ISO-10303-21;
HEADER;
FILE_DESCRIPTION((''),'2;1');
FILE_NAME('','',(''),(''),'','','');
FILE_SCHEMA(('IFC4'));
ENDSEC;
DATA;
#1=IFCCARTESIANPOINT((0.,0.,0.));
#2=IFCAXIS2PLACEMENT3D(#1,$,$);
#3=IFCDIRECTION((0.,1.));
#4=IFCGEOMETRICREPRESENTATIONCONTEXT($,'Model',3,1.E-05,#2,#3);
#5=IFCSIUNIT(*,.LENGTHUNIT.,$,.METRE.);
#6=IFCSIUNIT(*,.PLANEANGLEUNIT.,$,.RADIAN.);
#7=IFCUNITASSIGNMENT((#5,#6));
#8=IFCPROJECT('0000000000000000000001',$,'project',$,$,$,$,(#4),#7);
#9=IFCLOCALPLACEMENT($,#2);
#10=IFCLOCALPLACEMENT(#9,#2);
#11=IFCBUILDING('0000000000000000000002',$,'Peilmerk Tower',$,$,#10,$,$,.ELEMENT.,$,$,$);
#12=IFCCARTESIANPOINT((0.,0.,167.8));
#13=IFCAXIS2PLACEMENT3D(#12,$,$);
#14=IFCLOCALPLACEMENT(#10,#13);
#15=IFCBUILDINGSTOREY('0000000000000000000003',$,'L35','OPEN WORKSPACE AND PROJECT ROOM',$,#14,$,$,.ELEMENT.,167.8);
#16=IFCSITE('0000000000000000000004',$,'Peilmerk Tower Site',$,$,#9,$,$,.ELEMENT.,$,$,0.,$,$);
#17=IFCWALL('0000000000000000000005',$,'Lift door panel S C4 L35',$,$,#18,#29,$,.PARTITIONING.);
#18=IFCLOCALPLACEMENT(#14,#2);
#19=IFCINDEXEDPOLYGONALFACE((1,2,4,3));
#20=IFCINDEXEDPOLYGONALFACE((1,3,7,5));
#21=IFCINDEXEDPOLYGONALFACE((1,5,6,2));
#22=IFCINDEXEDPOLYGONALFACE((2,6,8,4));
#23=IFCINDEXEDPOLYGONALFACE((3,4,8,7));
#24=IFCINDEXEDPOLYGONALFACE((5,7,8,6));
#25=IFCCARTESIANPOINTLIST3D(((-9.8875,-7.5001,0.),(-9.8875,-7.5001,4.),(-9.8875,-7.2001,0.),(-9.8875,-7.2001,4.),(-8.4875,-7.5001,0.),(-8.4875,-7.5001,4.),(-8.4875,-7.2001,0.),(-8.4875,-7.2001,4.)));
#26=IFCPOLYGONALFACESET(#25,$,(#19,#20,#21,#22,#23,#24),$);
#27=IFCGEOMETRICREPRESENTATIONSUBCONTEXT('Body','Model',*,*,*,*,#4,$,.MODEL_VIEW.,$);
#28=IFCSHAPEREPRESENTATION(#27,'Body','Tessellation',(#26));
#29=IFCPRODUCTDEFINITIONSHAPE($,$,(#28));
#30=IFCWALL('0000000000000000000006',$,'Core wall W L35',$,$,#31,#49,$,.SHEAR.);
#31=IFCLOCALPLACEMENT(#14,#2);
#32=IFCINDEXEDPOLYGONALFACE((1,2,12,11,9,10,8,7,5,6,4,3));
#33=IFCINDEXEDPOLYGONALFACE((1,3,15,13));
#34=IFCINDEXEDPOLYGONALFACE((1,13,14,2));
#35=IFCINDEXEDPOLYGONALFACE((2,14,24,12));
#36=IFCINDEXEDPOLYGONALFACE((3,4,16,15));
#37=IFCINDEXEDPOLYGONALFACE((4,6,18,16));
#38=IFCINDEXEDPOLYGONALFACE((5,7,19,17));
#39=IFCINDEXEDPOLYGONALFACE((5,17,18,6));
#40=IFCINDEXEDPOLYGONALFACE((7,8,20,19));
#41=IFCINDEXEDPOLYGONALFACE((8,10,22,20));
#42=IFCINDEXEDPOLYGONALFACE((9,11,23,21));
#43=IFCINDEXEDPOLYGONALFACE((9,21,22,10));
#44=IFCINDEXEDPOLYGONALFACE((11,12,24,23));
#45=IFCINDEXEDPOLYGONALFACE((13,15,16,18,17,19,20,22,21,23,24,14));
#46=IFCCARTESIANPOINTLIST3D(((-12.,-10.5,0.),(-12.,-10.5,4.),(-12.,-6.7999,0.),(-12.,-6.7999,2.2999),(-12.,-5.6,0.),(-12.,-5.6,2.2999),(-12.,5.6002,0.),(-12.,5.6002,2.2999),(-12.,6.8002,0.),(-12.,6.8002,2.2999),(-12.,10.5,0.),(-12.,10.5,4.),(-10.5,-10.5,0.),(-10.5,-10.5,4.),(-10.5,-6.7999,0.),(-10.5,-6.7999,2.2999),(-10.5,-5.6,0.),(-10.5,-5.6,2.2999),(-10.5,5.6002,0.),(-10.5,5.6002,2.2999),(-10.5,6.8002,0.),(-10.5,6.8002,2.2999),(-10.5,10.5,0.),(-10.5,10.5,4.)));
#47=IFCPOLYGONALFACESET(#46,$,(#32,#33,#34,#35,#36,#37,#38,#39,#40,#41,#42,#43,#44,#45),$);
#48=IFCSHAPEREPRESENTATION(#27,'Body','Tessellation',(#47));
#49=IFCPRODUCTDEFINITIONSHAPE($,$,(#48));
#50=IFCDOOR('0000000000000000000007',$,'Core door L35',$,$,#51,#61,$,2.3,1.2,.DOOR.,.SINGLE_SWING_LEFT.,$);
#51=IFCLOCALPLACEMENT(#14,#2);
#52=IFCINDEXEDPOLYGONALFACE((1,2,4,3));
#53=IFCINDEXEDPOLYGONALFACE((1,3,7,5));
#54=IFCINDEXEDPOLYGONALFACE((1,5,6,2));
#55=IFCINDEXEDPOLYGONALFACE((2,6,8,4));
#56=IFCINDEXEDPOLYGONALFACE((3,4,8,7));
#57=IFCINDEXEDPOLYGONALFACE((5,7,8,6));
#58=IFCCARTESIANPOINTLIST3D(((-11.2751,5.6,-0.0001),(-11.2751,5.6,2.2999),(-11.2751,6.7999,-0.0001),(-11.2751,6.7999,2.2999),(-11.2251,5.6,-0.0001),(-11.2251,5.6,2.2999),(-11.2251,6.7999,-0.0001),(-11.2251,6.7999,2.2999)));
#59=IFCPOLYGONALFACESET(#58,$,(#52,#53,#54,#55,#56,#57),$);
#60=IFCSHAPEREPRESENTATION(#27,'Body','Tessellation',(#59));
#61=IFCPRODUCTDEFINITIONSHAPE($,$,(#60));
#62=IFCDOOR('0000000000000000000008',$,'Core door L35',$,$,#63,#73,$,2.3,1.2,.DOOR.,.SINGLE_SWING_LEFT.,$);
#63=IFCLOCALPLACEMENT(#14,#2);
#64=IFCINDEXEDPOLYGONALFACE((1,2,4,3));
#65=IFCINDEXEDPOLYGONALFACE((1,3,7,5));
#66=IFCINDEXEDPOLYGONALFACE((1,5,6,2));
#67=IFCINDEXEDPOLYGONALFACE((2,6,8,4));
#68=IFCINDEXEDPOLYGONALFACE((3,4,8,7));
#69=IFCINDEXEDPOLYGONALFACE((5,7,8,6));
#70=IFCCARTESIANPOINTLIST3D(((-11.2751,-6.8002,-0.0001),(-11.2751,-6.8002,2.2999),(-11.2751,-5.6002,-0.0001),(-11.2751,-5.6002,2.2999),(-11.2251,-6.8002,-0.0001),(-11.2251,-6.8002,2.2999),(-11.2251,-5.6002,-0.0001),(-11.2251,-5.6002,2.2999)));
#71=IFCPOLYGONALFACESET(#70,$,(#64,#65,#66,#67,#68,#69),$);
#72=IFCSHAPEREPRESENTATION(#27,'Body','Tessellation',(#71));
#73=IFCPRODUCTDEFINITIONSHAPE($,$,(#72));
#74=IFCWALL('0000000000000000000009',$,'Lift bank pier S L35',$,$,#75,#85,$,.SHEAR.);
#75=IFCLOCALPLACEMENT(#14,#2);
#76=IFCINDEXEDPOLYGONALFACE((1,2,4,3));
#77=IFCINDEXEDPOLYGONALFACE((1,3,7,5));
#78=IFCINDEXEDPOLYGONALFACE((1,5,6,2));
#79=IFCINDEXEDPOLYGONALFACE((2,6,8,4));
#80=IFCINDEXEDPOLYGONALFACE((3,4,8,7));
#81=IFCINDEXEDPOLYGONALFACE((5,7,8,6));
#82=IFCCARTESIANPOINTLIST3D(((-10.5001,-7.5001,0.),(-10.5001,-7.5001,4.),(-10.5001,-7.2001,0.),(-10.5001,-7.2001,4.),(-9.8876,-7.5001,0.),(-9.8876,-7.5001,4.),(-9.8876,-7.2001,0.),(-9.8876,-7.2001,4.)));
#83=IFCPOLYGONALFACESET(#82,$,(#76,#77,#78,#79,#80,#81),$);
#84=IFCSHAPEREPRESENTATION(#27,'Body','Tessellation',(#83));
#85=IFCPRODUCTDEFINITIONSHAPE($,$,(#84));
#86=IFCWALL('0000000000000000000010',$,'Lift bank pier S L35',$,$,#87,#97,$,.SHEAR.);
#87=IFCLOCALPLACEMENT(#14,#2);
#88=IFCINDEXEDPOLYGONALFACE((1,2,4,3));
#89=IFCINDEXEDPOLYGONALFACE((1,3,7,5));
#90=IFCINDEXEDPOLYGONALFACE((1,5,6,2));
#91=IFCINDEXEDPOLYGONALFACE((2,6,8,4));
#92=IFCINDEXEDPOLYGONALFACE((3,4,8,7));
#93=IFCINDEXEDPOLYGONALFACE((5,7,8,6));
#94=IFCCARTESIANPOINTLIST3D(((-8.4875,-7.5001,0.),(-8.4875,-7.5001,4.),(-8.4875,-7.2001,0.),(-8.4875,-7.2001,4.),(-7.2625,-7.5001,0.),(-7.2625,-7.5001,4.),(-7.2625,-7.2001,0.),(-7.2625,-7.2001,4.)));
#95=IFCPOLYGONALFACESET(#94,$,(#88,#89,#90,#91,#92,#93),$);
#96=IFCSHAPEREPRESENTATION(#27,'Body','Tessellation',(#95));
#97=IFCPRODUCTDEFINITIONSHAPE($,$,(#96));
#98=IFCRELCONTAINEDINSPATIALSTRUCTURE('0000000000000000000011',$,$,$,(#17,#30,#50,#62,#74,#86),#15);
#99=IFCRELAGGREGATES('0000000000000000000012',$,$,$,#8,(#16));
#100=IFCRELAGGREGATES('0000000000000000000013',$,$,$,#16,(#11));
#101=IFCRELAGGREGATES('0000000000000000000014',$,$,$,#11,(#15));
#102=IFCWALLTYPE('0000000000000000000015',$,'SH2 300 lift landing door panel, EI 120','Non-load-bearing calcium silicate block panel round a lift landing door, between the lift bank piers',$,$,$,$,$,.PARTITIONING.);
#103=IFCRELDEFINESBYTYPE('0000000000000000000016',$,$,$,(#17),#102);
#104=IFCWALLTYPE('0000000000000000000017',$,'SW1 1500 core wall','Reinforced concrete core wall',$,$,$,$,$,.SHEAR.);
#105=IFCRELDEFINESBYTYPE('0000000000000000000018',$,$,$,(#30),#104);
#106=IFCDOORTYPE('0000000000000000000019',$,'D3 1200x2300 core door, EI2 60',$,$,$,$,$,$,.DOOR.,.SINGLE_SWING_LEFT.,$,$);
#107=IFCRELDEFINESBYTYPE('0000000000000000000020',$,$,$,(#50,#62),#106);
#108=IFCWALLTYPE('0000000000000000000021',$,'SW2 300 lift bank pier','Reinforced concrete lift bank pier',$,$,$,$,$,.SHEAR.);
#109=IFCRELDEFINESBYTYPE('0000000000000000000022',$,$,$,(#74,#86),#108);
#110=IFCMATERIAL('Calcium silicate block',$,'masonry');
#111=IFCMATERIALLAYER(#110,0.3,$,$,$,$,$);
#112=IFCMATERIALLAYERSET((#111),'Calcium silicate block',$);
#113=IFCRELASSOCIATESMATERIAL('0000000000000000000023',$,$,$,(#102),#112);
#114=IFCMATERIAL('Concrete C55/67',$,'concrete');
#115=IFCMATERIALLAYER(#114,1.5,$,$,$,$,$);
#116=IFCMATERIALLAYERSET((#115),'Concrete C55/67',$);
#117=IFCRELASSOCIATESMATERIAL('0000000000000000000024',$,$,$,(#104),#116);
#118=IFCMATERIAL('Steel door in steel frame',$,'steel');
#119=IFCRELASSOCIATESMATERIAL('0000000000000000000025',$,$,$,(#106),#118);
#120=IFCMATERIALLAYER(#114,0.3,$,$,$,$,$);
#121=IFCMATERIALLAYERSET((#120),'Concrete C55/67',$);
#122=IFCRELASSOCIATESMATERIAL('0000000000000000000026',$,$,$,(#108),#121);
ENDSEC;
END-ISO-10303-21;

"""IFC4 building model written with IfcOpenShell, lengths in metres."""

from ifc_helpers import new_model, si_unit, direction, frame, frame_2d, origin, place, context, subcontext, project, spatial, rectangle, extrude, material, layer, layer_set, type_object, element, fill, save


model = new_model("IFC4")

# Units and contexts
model_context = context("Model", 3, precision=1e-05, world=origin(), true_north=direction((0.0, 1.0)))
body_context = subcontext(model_context, "Body", "Model", "MODEL_VIEW")
ifc_project = project(units=[si_unit("LENGTHUNIT", "METRE"), si_unit("PLANEANGLEUNIT", "RADIAN")], contexts=[model_context])

# Site, building, storey
site_placement = place(None, origin())
site = spatial("IfcSite", under=ifc_project, at=site_placement, Name="Peilmerk Tower Site", CompositionType="ELEMENT", RefElevation=0.0)
building_placement = place(site_placement, origin())
building = spatial("IfcBuilding", under=site, at=building_placement, Name="Peilmerk Tower", CompositionType="ELEMENT")
storey_placement = place(building_placement, frame((0.0, 0.0, 167.8)))
storey = spatial("IfcBuildingStorey", under=building, at=storey_placement, Name="L35", Description="OPEN WORKSPACE AND PROJECT ROOM", CompositionType="ELEMENT", Elevation=167.8)

# Shared definitions
ifc_material_1 = material(Name="Calcium silicate block", Category="masonry")

# Wall
ifc_layer_1 = layer(ifc_material_1, 0.3)
ifc_layer_set_1 = layer_set([ifc_layer_1], Name="Calcium silicate block")
wall_type_1 = type_object("IfcWallType", Name="SH2 300 lift landing door panel, EI 120", Description="Non-load-bearing calcium silicate block panel round a lift landing door, between the lift bank piers", PredefinedType="PARTITIONING", material=ifc_layer_set_1)
wall_1_placement = place(storey_placement, frame((-9.8875, -7.3501, 0.0), z_axis=(0.0, 0.0, 1.0), x_axis=(1.0, 0.0, 0.0)))
element("IfcWall", 1, at=wall_1_placement, inside=storey, type_object=wall_type_1, Name="Lift door panel S C4 L35", PredefinedType="PARTITIONING", context=body_context, shape_type="SweptSolid", body=[
    extrude(rectangle(XDim=1.3999, YDim=0.3, at=frame_2d((0.7, 0.0))), origin(), (0.0, 0.0, 1.0), 4.0),
])

# Wall, openings, doors
ifc_material_2 = material(Name="Concrete C55/67", Category="concrete")
ifc_layer_2 = layer(ifc_material_2, 1.5)
ifc_layer_set_2 = layer_set([ifc_layer_2], Name="Concrete C55/67")
wall_type_2 = type_object("IfcWallType", Name="SW1 1500 core wall", Description="Reinforced concrete core wall", PredefinedType="SHEAR", material=ifc_layer_set_2)
wall_2_placement = place(storey_placement, frame((-11.25, -10.5, 0.0), z_axis=(0.0, 0.0, 1.0), x_axis=(0.0, 1.0, 0.0)))
wall_2 = element("IfcWall", 2, at=wall_2_placement, inside=storey, type_object=wall_type_2, Name="Core wall W L35", PredefinedType="SHEAR", context=body_context, shape_type="SweptSolid", body=[
    extrude(rectangle(XDim=21.0, YDim=1.5, at=frame_2d((10.5, 0.0))), origin(), (0.0, 0.0, 1.0), 4.0),
])
opening_1_placement = place(wall_2_placement, frame((16.1001, 0.0, 0.0)))
opening_1 = element("IfcOpeningElement", 3, at=opening_1_placement, cuts=wall_2, PredefinedType="OPENING", context=body_context, shape_type="SweptSolid", body=[
    extrude(rectangle(XDim=1.2, YDim=2.3, at=frame_2d((0.6001, 1.1499))), frame((0.0, 0.76, 0.0), z_axis=(0.0, -1.0, 0.0), x_axis=(1.0, 0.0, 0.0)), (0.0, 0.0, 1.0), 1.52),
])
opening_2_placement = place(wall_2_placement, frame((3.7, 0.0, 0.0)))
opening_2 = element("IfcOpeningElement", 4, at=opening_2_placement, cuts=wall_2, PredefinedType="OPENING", context=body_context, shape_type="SweptSolid", body=[
    extrude(rectangle(XDim=1.2, YDim=2.3, at=frame_2d((0.6001, 1.1499))), frame((0.0, 0.76, 0.0), z_axis=(0.0, -1.0, 0.0), x_axis=(1.0, 0.0, 0.0)), (0.0, 0.0, 1.0), 1.52),
])
ifc_material_3 = material(Name="Steel door in steel frame", Category="steel")
door_type_1 = type_object("IfcDoorType", Name="D3 1200x2300 core door, EI2 60", OperationType="SINGLE_SWING_LEFT", PredefinedType="DOOR", material=ifc_material_3)
door_1_placement = place(opening_1_placement, frame((1.2, 0.0, 0.0), z_axis=(0.0, 0.0, 1.0), x_axis=(-1.0, 0.0, 0.0)))
door_1 = element("IfcDoor", 5, at=door_1_placement, inside=storey, type_object=door_type_1, Name="Core door L35", OperationType="SINGLE_SWING_LEFT", OverallHeight=2.3, OverallWidth=1.2, PredefinedType="DOOR", context=body_context, shape_type="SweptSolid", body=[
    extrude(rectangle(XDim=1.2, YDim=2.3, at=frame_2d((0.6001, 1.1499))), frame((0.0, 0.0249, 0.0), z_axis=(0.0, -1.0, 0.0), x_axis=(1.0, 0.0, 0.0)), (0.0, 0.0, 1.0), 0.05),
])
fill(opening_1, door_1)
door_2_placement = place(opening_2_placement, frame((1.2, 0.0, 0.0), z_axis=(0.0, 0.0, 1.0), x_axis=(-1.0, 0.0, 0.0)))
door_2 = element("IfcDoor", 6, at=door_2_placement, inside=storey, type_object=door_type_1, Name="Core door L35", OperationType="SINGLE_SWING_LEFT", OverallHeight=2.3, OverallWidth=1.2, PredefinedType="DOOR", context=body_context, shape_type="SweptSolid", body=[
    extrude(rectangle(XDim=1.2, YDim=2.3, at=frame_2d((0.6001, 1.1499))), frame((0.0, 0.0249, 0.0), z_axis=(0.0, -1.0, 0.0), x_axis=(1.0, 0.0, 0.0)), (0.0, 0.0, 1.0), 0.05),
])
fill(opening_2, door_2)

# Walls
ifc_layer_3 = layer(ifc_material_2, 0.3)
ifc_layer_set_3 = layer_set([ifc_layer_3], Name="Concrete C55/67")
wall_type_3 = type_object("IfcWallType", Name="SW2 300 lift bank pier", Description="Reinforced concrete lift bank pier", PredefinedType="SHEAR", material=ifc_layer_set_3)
wall_3_placement = place(storey_placement, frame((-10.5, -7.3501, 0.0), z_axis=(0.0, 0.0, 1.0), x_axis=(1.0, 0.0, 0.0)))
element("IfcWall", 7, at=wall_3_placement, inside=storey, type_object=wall_type_3, Name="Lift bank pier S L35", PredefinedType="SHEAR", context=body_context, shape_type="SweptSolid", body=[
    extrude(rectangle(XDim=0.6125, YDim=0.3, at=frame_2d((0.3062, 0.0))), origin(), (0.0, 0.0, 1.0), 4.0),
])
wall_4_placement = place(storey_placement, frame((-8.4875, -7.3501, 0.0), z_axis=(0.0, 0.0, 1.0), x_axis=(1.0, 0.0, 0.0)))
element("IfcWall", 8, at=wall_4_placement, inside=storey, type_object=wall_type_3, Name="Lift bank pier S L35", PredefinedType="SHEAR", context=body_context, shape_type="SweptSolid", body=[
    extrude(rectangle(XDim=1.2251, YDim=0.3, at=frame_2d((0.6125, 0.0))), origin(), (0.0, 0.0, 1.0), 4.0),
])

save(model, "model.ifc")
